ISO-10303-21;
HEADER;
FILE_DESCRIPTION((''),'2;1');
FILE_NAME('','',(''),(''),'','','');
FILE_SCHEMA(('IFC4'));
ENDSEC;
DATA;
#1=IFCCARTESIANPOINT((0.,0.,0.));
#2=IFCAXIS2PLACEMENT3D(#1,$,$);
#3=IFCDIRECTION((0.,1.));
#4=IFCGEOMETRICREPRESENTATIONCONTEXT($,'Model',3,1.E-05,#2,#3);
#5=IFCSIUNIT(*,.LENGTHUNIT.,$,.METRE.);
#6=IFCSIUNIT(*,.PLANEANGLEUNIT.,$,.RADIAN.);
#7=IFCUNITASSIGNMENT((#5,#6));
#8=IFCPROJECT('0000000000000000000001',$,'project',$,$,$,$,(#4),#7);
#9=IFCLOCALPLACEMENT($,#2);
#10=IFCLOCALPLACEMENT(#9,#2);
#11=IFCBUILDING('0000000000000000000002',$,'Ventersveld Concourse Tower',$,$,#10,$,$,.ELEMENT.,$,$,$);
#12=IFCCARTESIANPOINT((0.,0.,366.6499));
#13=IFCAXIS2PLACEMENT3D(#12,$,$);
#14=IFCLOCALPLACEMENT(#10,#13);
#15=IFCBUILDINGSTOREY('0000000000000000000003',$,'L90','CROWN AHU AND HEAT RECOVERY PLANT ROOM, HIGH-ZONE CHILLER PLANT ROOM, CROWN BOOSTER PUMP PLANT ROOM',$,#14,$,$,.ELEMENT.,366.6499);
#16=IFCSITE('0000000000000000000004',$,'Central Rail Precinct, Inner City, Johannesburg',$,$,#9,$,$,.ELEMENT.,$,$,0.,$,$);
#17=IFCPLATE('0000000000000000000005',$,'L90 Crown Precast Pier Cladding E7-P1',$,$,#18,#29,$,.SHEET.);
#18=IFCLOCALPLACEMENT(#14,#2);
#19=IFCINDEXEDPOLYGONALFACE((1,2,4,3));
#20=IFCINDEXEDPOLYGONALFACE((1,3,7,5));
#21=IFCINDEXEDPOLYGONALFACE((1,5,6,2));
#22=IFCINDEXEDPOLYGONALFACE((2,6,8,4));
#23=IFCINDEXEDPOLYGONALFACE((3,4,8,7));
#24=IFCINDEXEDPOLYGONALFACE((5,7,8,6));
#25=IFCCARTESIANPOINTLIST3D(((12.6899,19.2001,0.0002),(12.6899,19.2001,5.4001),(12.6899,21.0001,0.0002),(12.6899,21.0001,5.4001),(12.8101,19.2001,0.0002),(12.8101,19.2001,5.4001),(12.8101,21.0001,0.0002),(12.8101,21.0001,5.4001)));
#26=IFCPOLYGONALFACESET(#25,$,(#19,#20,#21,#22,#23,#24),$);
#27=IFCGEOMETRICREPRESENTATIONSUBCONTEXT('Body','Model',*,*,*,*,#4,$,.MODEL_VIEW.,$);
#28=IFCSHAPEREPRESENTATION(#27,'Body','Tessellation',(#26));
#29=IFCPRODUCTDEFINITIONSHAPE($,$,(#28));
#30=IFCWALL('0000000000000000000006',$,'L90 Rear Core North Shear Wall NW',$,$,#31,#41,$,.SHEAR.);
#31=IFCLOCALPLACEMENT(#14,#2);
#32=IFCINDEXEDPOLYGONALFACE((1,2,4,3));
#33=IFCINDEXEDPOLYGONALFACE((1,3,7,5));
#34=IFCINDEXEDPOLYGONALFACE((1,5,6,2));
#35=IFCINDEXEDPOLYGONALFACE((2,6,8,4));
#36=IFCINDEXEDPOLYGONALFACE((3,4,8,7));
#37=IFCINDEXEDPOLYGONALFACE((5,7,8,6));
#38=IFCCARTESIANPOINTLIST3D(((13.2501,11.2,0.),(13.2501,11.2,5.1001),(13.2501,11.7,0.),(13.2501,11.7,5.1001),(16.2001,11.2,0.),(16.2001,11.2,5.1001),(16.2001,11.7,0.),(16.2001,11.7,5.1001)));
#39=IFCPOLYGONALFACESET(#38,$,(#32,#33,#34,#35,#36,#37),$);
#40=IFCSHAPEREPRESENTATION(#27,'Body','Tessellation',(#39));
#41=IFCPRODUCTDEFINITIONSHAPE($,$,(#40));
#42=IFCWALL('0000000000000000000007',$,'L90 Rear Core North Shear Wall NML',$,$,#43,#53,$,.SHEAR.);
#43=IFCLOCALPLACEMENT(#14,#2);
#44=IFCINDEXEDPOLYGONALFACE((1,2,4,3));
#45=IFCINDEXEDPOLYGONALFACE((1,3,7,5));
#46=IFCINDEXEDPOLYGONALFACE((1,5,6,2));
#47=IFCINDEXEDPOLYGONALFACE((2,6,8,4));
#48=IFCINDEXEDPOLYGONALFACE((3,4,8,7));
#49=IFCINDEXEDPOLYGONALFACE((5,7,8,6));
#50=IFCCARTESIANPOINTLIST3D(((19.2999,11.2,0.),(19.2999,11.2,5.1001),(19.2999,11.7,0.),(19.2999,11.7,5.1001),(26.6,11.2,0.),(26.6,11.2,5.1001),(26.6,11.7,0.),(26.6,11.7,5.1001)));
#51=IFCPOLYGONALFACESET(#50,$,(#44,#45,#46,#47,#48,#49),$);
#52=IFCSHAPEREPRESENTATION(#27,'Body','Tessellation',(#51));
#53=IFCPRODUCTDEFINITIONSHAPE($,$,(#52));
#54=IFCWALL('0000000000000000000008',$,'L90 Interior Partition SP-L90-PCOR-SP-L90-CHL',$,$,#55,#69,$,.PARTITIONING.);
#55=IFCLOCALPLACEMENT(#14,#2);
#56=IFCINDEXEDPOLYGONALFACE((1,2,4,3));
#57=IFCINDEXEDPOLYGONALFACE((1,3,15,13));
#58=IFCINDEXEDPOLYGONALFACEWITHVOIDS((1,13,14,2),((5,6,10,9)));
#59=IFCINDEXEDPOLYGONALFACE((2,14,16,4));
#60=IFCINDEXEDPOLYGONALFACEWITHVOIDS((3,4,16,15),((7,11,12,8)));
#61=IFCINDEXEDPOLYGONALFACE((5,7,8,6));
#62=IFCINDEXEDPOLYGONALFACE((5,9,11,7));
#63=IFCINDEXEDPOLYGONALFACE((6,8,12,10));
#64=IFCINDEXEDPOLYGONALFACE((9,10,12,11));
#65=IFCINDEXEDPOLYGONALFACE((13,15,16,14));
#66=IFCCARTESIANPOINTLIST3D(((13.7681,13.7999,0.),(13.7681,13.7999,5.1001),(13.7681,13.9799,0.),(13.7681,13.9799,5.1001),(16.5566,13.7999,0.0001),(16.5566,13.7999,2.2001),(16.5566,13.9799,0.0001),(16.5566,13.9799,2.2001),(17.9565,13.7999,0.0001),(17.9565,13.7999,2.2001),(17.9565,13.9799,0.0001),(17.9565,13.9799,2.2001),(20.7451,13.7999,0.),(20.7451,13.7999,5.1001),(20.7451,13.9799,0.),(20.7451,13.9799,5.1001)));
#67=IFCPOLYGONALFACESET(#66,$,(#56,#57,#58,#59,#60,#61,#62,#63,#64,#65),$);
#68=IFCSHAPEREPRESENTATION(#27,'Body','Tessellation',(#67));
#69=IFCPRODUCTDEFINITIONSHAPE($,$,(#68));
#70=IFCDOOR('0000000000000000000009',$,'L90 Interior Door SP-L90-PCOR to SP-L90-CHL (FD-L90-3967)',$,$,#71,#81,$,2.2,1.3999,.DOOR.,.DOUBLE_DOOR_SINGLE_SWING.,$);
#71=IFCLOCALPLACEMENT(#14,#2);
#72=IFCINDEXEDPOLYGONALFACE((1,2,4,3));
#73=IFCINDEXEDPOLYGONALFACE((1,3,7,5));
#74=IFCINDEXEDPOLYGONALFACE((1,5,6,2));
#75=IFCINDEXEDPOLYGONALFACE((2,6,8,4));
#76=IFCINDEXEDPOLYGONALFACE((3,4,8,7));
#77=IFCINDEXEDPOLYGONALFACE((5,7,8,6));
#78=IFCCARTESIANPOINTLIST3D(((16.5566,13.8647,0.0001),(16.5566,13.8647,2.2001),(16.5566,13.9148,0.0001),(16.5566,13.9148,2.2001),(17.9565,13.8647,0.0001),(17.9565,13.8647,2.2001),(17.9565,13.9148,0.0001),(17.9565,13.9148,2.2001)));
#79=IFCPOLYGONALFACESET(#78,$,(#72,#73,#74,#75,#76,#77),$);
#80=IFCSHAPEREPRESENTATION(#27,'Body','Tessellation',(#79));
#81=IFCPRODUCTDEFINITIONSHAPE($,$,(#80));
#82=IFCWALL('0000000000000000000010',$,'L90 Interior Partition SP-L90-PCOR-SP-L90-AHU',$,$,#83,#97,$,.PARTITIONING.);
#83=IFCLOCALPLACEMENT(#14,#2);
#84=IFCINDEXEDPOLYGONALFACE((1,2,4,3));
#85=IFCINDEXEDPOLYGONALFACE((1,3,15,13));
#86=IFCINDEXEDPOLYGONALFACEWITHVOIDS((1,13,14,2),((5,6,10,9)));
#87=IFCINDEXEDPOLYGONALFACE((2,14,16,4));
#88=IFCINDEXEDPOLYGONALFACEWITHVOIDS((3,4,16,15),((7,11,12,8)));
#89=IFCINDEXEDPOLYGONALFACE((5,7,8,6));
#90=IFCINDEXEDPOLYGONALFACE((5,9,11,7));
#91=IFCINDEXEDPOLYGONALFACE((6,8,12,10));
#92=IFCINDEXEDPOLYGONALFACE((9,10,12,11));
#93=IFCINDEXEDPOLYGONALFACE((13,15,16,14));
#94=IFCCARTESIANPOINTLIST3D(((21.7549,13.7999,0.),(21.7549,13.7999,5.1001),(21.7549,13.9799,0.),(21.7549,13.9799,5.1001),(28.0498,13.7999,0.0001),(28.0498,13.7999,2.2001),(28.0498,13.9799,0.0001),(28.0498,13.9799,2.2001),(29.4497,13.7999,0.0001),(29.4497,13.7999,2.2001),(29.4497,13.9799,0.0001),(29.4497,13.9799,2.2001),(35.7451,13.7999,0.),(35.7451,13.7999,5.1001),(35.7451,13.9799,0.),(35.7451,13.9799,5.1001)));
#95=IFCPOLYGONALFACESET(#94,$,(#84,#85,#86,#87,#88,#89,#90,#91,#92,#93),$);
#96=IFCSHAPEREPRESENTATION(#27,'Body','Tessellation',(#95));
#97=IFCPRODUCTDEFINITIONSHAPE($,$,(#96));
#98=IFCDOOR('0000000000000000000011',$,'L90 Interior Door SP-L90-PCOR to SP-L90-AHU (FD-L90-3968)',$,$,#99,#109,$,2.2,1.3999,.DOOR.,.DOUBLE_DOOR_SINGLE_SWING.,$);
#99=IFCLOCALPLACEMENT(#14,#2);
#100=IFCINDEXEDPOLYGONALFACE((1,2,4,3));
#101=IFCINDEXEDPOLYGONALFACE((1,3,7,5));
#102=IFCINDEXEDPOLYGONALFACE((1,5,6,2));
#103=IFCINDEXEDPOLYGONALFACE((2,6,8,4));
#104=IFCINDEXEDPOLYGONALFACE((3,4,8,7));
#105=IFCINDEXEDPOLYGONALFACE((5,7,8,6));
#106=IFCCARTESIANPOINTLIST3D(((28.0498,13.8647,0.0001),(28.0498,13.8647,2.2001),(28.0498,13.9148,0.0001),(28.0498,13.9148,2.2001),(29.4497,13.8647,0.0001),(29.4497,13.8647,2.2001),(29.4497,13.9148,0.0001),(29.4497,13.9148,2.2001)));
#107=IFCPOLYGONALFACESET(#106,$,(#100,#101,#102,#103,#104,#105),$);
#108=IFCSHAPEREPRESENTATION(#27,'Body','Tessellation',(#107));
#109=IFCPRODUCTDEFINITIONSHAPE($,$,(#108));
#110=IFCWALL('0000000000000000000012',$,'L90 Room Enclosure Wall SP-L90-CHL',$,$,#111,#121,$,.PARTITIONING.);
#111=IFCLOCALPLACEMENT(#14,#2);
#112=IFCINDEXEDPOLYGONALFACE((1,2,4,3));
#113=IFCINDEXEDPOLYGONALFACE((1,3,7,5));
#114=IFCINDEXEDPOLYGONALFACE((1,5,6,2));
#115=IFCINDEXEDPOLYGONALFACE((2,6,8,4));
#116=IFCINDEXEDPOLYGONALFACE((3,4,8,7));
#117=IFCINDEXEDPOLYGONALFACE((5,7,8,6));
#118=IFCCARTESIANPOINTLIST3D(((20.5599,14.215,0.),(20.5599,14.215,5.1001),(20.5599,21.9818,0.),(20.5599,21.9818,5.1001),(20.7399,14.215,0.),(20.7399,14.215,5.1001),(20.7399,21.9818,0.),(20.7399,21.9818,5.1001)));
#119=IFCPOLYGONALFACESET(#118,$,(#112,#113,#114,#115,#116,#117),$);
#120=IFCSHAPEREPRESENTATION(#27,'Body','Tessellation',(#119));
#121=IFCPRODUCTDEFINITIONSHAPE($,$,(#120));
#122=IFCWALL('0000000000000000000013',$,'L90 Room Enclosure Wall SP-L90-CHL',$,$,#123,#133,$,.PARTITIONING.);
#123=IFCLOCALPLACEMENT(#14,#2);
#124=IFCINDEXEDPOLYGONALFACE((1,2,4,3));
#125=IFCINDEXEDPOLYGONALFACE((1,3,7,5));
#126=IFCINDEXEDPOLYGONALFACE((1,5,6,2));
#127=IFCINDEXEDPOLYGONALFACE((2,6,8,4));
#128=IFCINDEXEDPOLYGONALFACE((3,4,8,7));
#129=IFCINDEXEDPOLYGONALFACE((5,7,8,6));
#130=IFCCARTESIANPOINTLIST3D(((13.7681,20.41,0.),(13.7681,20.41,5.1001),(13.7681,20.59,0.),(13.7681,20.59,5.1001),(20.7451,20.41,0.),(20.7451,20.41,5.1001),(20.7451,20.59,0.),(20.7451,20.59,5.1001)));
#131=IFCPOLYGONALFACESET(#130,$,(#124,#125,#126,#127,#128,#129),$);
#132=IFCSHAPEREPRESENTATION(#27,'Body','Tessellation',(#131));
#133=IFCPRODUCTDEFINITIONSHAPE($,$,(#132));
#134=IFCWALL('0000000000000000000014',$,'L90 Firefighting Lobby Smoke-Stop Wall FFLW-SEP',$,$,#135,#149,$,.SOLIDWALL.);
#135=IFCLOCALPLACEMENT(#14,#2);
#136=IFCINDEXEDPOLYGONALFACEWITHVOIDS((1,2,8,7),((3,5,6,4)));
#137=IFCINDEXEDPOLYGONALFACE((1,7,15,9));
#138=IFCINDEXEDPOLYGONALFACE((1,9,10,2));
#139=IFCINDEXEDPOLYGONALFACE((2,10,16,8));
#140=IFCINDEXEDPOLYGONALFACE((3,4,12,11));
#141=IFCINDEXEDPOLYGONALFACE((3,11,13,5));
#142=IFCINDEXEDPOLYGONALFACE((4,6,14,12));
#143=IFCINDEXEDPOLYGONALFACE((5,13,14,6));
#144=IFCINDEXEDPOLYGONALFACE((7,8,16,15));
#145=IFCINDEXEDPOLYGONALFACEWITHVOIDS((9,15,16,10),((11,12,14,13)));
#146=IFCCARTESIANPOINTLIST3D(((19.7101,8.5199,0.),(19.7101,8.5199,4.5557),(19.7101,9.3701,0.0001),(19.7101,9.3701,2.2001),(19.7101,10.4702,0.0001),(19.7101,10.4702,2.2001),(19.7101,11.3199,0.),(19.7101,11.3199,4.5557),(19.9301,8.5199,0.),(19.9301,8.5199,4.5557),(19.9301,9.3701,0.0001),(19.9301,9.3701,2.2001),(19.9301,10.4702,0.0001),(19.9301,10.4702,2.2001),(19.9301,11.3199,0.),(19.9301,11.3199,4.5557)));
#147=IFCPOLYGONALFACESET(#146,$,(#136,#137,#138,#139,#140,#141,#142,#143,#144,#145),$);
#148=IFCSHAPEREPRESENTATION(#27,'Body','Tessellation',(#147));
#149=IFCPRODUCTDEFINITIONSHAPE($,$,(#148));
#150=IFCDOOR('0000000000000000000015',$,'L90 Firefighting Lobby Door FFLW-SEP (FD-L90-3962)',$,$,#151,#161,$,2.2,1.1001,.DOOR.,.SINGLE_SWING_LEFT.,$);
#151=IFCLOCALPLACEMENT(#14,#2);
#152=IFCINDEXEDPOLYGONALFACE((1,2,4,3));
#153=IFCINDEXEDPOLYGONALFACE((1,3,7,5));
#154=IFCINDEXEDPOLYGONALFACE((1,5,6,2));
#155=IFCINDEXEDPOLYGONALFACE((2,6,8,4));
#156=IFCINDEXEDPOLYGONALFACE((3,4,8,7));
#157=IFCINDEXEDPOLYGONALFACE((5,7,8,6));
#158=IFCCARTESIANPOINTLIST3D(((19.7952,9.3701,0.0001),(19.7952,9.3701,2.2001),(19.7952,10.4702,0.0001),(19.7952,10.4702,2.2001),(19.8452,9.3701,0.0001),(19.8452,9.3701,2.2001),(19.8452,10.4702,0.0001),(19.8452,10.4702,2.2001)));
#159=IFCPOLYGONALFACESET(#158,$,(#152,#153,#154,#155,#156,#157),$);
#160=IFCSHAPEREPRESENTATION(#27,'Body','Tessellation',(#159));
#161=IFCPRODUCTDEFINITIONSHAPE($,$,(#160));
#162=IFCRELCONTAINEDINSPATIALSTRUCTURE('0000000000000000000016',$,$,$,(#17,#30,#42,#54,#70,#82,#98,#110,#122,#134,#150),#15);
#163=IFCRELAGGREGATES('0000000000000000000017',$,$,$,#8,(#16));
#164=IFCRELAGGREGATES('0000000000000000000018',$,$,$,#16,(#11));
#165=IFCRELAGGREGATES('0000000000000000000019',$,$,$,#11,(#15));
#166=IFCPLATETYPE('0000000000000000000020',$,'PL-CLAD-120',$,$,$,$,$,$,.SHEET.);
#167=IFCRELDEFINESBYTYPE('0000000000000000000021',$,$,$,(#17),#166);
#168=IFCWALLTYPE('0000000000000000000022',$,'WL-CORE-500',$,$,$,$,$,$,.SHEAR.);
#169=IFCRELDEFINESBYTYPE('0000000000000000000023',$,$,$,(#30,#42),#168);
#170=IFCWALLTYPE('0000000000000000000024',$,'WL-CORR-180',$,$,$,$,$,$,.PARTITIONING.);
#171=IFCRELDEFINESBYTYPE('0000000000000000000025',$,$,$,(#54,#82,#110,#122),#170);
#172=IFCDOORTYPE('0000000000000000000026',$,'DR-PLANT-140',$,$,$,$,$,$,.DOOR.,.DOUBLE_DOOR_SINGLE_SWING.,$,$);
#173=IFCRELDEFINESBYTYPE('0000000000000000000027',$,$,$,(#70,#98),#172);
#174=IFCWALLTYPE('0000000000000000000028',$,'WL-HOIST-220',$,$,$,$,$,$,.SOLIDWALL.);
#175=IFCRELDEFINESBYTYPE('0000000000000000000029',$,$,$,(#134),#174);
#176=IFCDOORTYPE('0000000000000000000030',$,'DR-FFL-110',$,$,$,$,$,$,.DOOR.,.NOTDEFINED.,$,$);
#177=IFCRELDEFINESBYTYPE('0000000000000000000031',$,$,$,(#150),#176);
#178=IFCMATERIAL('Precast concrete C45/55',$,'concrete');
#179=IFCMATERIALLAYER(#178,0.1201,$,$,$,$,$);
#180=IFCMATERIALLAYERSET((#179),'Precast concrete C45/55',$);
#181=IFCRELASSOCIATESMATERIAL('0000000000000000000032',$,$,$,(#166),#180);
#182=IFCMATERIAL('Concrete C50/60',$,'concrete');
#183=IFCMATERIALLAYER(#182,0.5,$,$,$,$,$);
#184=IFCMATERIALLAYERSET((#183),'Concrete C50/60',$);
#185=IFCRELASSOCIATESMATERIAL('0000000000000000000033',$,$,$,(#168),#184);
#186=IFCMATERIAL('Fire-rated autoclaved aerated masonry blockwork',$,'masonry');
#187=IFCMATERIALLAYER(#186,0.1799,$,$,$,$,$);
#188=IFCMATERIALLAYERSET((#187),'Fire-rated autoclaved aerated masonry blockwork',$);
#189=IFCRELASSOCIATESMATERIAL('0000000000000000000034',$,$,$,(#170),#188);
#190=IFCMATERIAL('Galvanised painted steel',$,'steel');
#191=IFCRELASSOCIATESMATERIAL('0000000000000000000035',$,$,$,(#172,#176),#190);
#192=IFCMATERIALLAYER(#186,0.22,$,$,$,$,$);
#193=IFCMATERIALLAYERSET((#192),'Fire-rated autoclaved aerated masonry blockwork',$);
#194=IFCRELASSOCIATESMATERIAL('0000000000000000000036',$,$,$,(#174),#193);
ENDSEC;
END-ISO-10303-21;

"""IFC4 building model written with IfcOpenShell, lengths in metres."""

from ifc_helpers import new_model, si_unit, direction, frame, frame_2d, origin, origin_2d, place, context, subcontext, project, spatial, rectangle, extrude, material, layer, layer_set, type_object, element, fill, save


model = new_model("IFC4")

# Units and contexts
model_context = context("Model", 3, precision=1e-05, world=origin(), true_north=direction((0.0, 1.0)))
body_context = subcontext(model_context, "Body", "Model", "MODEL_VIEW")
ifc_project = project(units=[si_unit("LENGTHUNIT", "METRE"), si_unit("PLANEANGLEUNIT", "RADIAN")], contexts=[model_context])

# Site, building, storey
site_placement = place(None, origin())
site = spatial("IfcSite", under=ifc_project, at=site_placement, Name="Central Rail Precinct, Inner City, Johannesburg", CompositionType="ELEMENT", RefElevation=0.0)
building_placement = place(site_placement, origin())
building = spatial("IfcBuilding", under=site, at=building_placement, Name="Ventersveld Concourse Tower", CompositionType="ELEMENT")
storey_placement = place(building_placement, frame((0.0, 0.0, 366.6499)))
storey = spatial("IfcBuildingStorey", under=building, at=storey_placement, Name="L90", Description="CROWN AHU AND HEAT RECOVERY PLANT ROOM, HIGH-ZONE CHILLER PLANT ROOM, CROWN BOOSTER PUMP PLANT ROOM", CompositionType="ELEMENT", Elevation=366.6499)

# Shared definitions
ifc_material_1 = material(Name="Concrete C50/60", Category="concrete")

# Plate
ifc_material_2 = material(Name="Precast concrete C45/55", Category="concrete")
ifc_layer_1 = layer(ifc_material_2, 0.1201)
ifc_layer_set_1 = layer_set([ifc_layer_1], Name="Precast concrete C45/55")
plate_type = type_object("IfcPlateType", Name="PL-CLAD-120", PredefinedType="SHEET", material=ifc_layer_set_1)
plate_placement = place(storey_placement, frame((12.75, 20.1001, 0.0002), z_axis=(0.0, 0.0, 1.0), x_axis=(0.0, -1.0, 0.0)))
element("IfcPlate", 1, at=plate_placement, inside=storey, type_object=plate_type, Name="L90 Crown Precast Pier Cladding E7-P1", PredefinedType="SHEET", context=body_context, shape_type="SweptSolid", body=[
    extrude(rectangle(XDim=1.8, YDim=0.1201, at=origin_2d()), origin(), (0.0, 0.0, 1.0), 5.3999),
])

# Walls
ifc_layer_2 = layer(ifc_material_1, 0.5)
ifc_layer_set_2 = layer_set([ifc_layer_2], Name="Concrete C50/60")
wall_type_1 = type_object("IfcWallType", Name="WL-CORE-500", PredefinedType="SHEAR", material=ifc_layer_set_2)
wall_1_placement = place(storey_placement, frame((13.25, 11.45, 0.0), z_axis=(0.0, 0.0, 1.0), x_axis=(1.0, 0.0, 0.0)))
element("IfcWall", 2, at=wall_1_placement, inside=storey, type_object=wall_type_1, Name="L90 Rear Core North Shear Wall NW", PredefinedType="SHEAR", context=body_context, shape_type="SweptSolid", body=[
    extrude(rectangle(XDim=2.95, YDim=0.5, at=frame_2d((1.4751, 0.0))), origin(), (0.0, 0.0, 1.0), 5.1001),
])
wall_2_placement = place(storey_placement, frame((19.3, 11.45, 0.0), z_axis=(0.0, 0.0, 1.0), x_axis=(1.0, 0.0, 0.0)))
element("IfcWall", 3, at=wall_2_placement, inside=storey, type_object=wall_type_1, Name="L90 Rear Core North Shear Wall NML", PredefinedType="SHEAR", context=body_context, shape_type="SweptSolid", body=[
    extrude(rectangle(XDim=7.3, YDim=0.5, at=frame_2d((3.6499, 0.0))), origin(), (0.0, 0.0, 1.0), 5.1001),
])

# Walls, openings, doors
ifc_material_3 = material(Name="Fire-rated autoclaved aerated masonry blockwork", Category="masonry")
ifc_layer_3 = layer(ifc_material_3, 0.1799)
ifc_layer_set_3 = layer_set([ifc_layer_3], Name="Fire-rated autoclaved aerated masonry blockwork")
wall_type_2 = type_object("IfcWallType", Name="WL-CORR-180", PredefinedType="PARTITIONING", material=ifc_layer_set_3)
wall_3_placement = place(storey_placement, frame((13.7681, 13.8899, 0.0), z_axis=(0.0, 0.0, 1.0), x_axis=(1.0, 0.0, 0.0)))
wall_3 = element("IfcWall", 4, at=wall_3_placement, inside=storey, type_object=wall_type_2, Name="L90 Interior Partition SP-L90-PCOR-SP-L90-CHL", PredefinedType="PARTITIONING", context=body_context, shape_type="SweptSolid", body=[
    extrude(rectangle(XDim=6.9771, YDim=0.1799, at=frame_2d((3.4885, 0.0))), origin(), (0.0, 0.0, 1.0), 5.1001),
])
opening_1_placement = place(wall_3_placement, frame((2.7886, 0.0, 0.0)))
opening_1 = element("IfcOpeningElement", 5, at=opening_1_placement, cuts=wall_3, PredefinedType="OPENING", context=body_context, shape_type="SweptSolid", body=[
    extrude(rectangle(XDim=1.3999, YDim=2.2, at=frame_2d((0.7, 1.1001))), frame((0.0, 0.1001, 0.0), z_axis=(0.0, -1.0, 0.0), x_axis=(1.0, 0.0, 0.0)), (0.0, 0.0, 1.0), 0.2),
])
ifc_material_4 = material(Name="Galvanised painted steel", Category="steel")
door_type_1 = type_object("IfcDoorType", Name="DR-PLANT-140", OperationType="DOUBLE_DOOR_SINGLE_SWING", PredefinedType="DOOR", material=ifc_material_4)
door_1_placement = place(opening_1_placement, origin())
door_1 = element("IfcDoor", 6, at=door_1_placement, inside=storey, type_object=door_type_1, Name="L90 Interior Door SP-L90-PCOR to SP-L90-CHL (FD-L90-3967)", OperationType="DOUBLE_DOOR_SINGLE_SWING", OverallHeight=2.2, OverallWidth=1.3999, PredefinedType="DOOR", context=body_context, shape_type="SweptSolid", body=[
    extrude(rectangle(XDim=1.3999, YDim=2.2, at=frame_2d((0.7, 1.1001))), frame((0.0, 0.0249, 0.0), z_axis=(0.0, -1.0, 0.0), x_axis=(1.0, 0.0, 0.0)), (0.0, 0.0, 1.0), 0.05),
])
fill(opening_1, door_1)
wall_4_placement = place(storey_placement, frame((21.7549, 13.8899, 0.0), z_axis=(0.0, 0.0, 1.0), x_axis=(1.0, 0.0, 0.0)))
wall_4 = element("IfcWall", 7, at=wall_4_placement, inside=storey, type_object=wall_type_2, Name="L90 Interior Partition SP-L90-PCOR-SP-L90-AHU", PredefinedType="PARTITIONING", context=body_context, shape_type="SweptSolid", body=[
    extrude(rectangle(XDim=13.9902, YDim=0.1799, at=frame_2d((6.9951, 0.0))), origin(), (0.0, 0.0, 1.0), 5.1001),
])
opening_2_placement = place(wall_4_placement, frame((6.2949, 0.0, 0.0)))
opening_2 = element("IfcOpeningElement", 8, at=opening_2_placement, cuts=wall_4, PredefinedType="OPENING", context=body_context, shape_type="SweptSolid", body=[
    extrude(rectangle(XDim=1.3999, YDim=2.2, at=frame_2d((0.7, 1.1001))), frame((0.0, 0.1001, 0.0), z_axis=(0.0, -1.0, 0.0), x_axis=(1.0, 0.0, 0.0)), (0.0, 0.0, 1.0), 0.2),
])
door_2_placement = place(opening_2_placement, origin())
door_2 = element("IfcDoor", 9, at=door_2_placement, inside=storey, type_object=door_type_1, Name="L90 Interior Door SP-L90-PCOR to SP-L90-AHU (FD-L90-3968)", OperationType="DOUBLE_DOOR_SINGLE_SWING", OverallHeight=2.2, OverallWidth=1.3999, PredefinedType="DOOR", context=body_context, shape_type="SweptSolid", body=[
    extrude(rectangle(XDim=1.3999, YDim=2.2, at=frame_2d((0.7, 1.1001))), frame((0.0, 0.0249, 0.0), z_axis=(0.0, -1.0, 0.0), x_axis=(1.0, 0.0, 0.0)), (0.0, 0.0, 1.0), 0.05),
])
fill(opening_2, door_2)

# Walls
wall_5_placement = place(storey_placement, frame((20.6499, 14.2151, 0.0), z_axis=(0.0, 0.0, 1.0), x_axis=(0.0, 1.0, 0.0)))
element("IfcWall", 10, at=wall_5_placement, inside=storey, type_object=wall_type_2, Name="L90 Room Enclosure Wall SP-L90-CHL", PredefinedType="PARTITIONING", context=body_context, shape_type="SweptSolid", body=[
    extrude(rectangle(XDim=7.7668, YDim=0.1799, at=frame_2d((3.8833, 0.0))), origin(), (0.0, 0.0, 1.0), 5.1001),
])
wall_6_placement = place(storey_placement, frame((20.7451, 20.5, 0.0), z_axis=(0.0, 0.0, 1.0), x_axis=(-1.0, 0.0, 0.0)))
element("IfcWall", 11, at=wall_6_placement, inside=storey, type_object=wall_type_2, Name="L90 Room Enclosure Wall SP-L90-CHL", PredefinedType="PARTITIONING", context=body_context, shape_type="SweptSolid", body=[
    extrude(rectangle(XDim=6.9771, YDim=0.1799, at=frame_2d((3.4885, 0.0))), origin(), (0.0, 0.0, 1.0), 5.1001),
])

# Wall, opening, door
ifc_layer_4 = layer(ifc_material_3, 0.22)
ifc_layer_set_4 = layer_set([ifc_layer_4], Name="Fire-rated autoclaved aerated masonry blockwork")
wall_type_3 = type_object("IfcWallType", Name="WL-HOIST-220", PredefinedType="SOLIDWALL", material=ifc_layer_set_4)
wall_7_placement = place(storey_placement, frame((19.8201, 8.52, 0.0), z_axis=(0.0, 0.0, 1.0), x_axis=(0.0, 1.0, 0.0)))
wall_7 = element("IfcWall", 12, at=wall_7_placement, inside=storey, type_object=wall_type_3, Name="L90 Firefighting Lobby Smoke-Stop Wall FFLW-SEP", PredefinedType="SOLIDWALL", context=body_context, shape_type="SweptSolid", body=[
    extrude(rectangle(XDim=2.8, YDim=0.22, at=frame_2d((1.3999, 0.0))), origin(), (0.0, 0.0, 1.0), 4.5557),
])
opening_3_placement = place(wall_7_placement, frame((0.8501, 0.0, 0.0)))
opening_3 = element("IfcOpeningElement", 13, at=opening_3_placement, cuts=wall_7, PredefinedType="OPENING", context=body_context, shape_type="SweptSolid", body=[
    extrude(rectangle(XDim=1.1001, YDim=2.2, at=frame_2d((0.55, 1.1001))), frame((0.0, 0.1201, 0.0), z_axis=(0.0, -1.0, 0.0), x_axis=(1.0, 0.0, 0.0)), (0.0, 0.0, 1.0), 0.24),
])
door_type_2 = type_object("IfcDoorType", Name="DR-FFL-110", OperationType="NOTDEFINED", PredefinedType="DOOR", material=ifc_material_4)
door_3_placement = place(opening_3_placement, origin())
door_3 = element("IfcDoor", 14, at=door_3_placement, inside=storey, type_object=door_type_2, Name="L90 Firefighting Lobby Door FFLW-SEP (FD-L90-3962)", OperationType="SINGLE_SWING_LEFT", OverallHeight=2.2, OverallWidth=1.1001, PredefinedType="DOOR", context=body_context, shape_type="SweptSolid", body=[
    extrude(rectangle(XDim=1.1001, YDim=2.2, at=frame_2d((0.55, 1.1001))), frame((0.0, 0.0249, 0.0), z_axis=(0.0, -1.0, 0.0), x_axis=(1.0, 0.0, 0.0)), (0.0, 0.0, 1.0), 0.05),
])
fill(opening_3, door_3)

save(model, "model.ifc")
